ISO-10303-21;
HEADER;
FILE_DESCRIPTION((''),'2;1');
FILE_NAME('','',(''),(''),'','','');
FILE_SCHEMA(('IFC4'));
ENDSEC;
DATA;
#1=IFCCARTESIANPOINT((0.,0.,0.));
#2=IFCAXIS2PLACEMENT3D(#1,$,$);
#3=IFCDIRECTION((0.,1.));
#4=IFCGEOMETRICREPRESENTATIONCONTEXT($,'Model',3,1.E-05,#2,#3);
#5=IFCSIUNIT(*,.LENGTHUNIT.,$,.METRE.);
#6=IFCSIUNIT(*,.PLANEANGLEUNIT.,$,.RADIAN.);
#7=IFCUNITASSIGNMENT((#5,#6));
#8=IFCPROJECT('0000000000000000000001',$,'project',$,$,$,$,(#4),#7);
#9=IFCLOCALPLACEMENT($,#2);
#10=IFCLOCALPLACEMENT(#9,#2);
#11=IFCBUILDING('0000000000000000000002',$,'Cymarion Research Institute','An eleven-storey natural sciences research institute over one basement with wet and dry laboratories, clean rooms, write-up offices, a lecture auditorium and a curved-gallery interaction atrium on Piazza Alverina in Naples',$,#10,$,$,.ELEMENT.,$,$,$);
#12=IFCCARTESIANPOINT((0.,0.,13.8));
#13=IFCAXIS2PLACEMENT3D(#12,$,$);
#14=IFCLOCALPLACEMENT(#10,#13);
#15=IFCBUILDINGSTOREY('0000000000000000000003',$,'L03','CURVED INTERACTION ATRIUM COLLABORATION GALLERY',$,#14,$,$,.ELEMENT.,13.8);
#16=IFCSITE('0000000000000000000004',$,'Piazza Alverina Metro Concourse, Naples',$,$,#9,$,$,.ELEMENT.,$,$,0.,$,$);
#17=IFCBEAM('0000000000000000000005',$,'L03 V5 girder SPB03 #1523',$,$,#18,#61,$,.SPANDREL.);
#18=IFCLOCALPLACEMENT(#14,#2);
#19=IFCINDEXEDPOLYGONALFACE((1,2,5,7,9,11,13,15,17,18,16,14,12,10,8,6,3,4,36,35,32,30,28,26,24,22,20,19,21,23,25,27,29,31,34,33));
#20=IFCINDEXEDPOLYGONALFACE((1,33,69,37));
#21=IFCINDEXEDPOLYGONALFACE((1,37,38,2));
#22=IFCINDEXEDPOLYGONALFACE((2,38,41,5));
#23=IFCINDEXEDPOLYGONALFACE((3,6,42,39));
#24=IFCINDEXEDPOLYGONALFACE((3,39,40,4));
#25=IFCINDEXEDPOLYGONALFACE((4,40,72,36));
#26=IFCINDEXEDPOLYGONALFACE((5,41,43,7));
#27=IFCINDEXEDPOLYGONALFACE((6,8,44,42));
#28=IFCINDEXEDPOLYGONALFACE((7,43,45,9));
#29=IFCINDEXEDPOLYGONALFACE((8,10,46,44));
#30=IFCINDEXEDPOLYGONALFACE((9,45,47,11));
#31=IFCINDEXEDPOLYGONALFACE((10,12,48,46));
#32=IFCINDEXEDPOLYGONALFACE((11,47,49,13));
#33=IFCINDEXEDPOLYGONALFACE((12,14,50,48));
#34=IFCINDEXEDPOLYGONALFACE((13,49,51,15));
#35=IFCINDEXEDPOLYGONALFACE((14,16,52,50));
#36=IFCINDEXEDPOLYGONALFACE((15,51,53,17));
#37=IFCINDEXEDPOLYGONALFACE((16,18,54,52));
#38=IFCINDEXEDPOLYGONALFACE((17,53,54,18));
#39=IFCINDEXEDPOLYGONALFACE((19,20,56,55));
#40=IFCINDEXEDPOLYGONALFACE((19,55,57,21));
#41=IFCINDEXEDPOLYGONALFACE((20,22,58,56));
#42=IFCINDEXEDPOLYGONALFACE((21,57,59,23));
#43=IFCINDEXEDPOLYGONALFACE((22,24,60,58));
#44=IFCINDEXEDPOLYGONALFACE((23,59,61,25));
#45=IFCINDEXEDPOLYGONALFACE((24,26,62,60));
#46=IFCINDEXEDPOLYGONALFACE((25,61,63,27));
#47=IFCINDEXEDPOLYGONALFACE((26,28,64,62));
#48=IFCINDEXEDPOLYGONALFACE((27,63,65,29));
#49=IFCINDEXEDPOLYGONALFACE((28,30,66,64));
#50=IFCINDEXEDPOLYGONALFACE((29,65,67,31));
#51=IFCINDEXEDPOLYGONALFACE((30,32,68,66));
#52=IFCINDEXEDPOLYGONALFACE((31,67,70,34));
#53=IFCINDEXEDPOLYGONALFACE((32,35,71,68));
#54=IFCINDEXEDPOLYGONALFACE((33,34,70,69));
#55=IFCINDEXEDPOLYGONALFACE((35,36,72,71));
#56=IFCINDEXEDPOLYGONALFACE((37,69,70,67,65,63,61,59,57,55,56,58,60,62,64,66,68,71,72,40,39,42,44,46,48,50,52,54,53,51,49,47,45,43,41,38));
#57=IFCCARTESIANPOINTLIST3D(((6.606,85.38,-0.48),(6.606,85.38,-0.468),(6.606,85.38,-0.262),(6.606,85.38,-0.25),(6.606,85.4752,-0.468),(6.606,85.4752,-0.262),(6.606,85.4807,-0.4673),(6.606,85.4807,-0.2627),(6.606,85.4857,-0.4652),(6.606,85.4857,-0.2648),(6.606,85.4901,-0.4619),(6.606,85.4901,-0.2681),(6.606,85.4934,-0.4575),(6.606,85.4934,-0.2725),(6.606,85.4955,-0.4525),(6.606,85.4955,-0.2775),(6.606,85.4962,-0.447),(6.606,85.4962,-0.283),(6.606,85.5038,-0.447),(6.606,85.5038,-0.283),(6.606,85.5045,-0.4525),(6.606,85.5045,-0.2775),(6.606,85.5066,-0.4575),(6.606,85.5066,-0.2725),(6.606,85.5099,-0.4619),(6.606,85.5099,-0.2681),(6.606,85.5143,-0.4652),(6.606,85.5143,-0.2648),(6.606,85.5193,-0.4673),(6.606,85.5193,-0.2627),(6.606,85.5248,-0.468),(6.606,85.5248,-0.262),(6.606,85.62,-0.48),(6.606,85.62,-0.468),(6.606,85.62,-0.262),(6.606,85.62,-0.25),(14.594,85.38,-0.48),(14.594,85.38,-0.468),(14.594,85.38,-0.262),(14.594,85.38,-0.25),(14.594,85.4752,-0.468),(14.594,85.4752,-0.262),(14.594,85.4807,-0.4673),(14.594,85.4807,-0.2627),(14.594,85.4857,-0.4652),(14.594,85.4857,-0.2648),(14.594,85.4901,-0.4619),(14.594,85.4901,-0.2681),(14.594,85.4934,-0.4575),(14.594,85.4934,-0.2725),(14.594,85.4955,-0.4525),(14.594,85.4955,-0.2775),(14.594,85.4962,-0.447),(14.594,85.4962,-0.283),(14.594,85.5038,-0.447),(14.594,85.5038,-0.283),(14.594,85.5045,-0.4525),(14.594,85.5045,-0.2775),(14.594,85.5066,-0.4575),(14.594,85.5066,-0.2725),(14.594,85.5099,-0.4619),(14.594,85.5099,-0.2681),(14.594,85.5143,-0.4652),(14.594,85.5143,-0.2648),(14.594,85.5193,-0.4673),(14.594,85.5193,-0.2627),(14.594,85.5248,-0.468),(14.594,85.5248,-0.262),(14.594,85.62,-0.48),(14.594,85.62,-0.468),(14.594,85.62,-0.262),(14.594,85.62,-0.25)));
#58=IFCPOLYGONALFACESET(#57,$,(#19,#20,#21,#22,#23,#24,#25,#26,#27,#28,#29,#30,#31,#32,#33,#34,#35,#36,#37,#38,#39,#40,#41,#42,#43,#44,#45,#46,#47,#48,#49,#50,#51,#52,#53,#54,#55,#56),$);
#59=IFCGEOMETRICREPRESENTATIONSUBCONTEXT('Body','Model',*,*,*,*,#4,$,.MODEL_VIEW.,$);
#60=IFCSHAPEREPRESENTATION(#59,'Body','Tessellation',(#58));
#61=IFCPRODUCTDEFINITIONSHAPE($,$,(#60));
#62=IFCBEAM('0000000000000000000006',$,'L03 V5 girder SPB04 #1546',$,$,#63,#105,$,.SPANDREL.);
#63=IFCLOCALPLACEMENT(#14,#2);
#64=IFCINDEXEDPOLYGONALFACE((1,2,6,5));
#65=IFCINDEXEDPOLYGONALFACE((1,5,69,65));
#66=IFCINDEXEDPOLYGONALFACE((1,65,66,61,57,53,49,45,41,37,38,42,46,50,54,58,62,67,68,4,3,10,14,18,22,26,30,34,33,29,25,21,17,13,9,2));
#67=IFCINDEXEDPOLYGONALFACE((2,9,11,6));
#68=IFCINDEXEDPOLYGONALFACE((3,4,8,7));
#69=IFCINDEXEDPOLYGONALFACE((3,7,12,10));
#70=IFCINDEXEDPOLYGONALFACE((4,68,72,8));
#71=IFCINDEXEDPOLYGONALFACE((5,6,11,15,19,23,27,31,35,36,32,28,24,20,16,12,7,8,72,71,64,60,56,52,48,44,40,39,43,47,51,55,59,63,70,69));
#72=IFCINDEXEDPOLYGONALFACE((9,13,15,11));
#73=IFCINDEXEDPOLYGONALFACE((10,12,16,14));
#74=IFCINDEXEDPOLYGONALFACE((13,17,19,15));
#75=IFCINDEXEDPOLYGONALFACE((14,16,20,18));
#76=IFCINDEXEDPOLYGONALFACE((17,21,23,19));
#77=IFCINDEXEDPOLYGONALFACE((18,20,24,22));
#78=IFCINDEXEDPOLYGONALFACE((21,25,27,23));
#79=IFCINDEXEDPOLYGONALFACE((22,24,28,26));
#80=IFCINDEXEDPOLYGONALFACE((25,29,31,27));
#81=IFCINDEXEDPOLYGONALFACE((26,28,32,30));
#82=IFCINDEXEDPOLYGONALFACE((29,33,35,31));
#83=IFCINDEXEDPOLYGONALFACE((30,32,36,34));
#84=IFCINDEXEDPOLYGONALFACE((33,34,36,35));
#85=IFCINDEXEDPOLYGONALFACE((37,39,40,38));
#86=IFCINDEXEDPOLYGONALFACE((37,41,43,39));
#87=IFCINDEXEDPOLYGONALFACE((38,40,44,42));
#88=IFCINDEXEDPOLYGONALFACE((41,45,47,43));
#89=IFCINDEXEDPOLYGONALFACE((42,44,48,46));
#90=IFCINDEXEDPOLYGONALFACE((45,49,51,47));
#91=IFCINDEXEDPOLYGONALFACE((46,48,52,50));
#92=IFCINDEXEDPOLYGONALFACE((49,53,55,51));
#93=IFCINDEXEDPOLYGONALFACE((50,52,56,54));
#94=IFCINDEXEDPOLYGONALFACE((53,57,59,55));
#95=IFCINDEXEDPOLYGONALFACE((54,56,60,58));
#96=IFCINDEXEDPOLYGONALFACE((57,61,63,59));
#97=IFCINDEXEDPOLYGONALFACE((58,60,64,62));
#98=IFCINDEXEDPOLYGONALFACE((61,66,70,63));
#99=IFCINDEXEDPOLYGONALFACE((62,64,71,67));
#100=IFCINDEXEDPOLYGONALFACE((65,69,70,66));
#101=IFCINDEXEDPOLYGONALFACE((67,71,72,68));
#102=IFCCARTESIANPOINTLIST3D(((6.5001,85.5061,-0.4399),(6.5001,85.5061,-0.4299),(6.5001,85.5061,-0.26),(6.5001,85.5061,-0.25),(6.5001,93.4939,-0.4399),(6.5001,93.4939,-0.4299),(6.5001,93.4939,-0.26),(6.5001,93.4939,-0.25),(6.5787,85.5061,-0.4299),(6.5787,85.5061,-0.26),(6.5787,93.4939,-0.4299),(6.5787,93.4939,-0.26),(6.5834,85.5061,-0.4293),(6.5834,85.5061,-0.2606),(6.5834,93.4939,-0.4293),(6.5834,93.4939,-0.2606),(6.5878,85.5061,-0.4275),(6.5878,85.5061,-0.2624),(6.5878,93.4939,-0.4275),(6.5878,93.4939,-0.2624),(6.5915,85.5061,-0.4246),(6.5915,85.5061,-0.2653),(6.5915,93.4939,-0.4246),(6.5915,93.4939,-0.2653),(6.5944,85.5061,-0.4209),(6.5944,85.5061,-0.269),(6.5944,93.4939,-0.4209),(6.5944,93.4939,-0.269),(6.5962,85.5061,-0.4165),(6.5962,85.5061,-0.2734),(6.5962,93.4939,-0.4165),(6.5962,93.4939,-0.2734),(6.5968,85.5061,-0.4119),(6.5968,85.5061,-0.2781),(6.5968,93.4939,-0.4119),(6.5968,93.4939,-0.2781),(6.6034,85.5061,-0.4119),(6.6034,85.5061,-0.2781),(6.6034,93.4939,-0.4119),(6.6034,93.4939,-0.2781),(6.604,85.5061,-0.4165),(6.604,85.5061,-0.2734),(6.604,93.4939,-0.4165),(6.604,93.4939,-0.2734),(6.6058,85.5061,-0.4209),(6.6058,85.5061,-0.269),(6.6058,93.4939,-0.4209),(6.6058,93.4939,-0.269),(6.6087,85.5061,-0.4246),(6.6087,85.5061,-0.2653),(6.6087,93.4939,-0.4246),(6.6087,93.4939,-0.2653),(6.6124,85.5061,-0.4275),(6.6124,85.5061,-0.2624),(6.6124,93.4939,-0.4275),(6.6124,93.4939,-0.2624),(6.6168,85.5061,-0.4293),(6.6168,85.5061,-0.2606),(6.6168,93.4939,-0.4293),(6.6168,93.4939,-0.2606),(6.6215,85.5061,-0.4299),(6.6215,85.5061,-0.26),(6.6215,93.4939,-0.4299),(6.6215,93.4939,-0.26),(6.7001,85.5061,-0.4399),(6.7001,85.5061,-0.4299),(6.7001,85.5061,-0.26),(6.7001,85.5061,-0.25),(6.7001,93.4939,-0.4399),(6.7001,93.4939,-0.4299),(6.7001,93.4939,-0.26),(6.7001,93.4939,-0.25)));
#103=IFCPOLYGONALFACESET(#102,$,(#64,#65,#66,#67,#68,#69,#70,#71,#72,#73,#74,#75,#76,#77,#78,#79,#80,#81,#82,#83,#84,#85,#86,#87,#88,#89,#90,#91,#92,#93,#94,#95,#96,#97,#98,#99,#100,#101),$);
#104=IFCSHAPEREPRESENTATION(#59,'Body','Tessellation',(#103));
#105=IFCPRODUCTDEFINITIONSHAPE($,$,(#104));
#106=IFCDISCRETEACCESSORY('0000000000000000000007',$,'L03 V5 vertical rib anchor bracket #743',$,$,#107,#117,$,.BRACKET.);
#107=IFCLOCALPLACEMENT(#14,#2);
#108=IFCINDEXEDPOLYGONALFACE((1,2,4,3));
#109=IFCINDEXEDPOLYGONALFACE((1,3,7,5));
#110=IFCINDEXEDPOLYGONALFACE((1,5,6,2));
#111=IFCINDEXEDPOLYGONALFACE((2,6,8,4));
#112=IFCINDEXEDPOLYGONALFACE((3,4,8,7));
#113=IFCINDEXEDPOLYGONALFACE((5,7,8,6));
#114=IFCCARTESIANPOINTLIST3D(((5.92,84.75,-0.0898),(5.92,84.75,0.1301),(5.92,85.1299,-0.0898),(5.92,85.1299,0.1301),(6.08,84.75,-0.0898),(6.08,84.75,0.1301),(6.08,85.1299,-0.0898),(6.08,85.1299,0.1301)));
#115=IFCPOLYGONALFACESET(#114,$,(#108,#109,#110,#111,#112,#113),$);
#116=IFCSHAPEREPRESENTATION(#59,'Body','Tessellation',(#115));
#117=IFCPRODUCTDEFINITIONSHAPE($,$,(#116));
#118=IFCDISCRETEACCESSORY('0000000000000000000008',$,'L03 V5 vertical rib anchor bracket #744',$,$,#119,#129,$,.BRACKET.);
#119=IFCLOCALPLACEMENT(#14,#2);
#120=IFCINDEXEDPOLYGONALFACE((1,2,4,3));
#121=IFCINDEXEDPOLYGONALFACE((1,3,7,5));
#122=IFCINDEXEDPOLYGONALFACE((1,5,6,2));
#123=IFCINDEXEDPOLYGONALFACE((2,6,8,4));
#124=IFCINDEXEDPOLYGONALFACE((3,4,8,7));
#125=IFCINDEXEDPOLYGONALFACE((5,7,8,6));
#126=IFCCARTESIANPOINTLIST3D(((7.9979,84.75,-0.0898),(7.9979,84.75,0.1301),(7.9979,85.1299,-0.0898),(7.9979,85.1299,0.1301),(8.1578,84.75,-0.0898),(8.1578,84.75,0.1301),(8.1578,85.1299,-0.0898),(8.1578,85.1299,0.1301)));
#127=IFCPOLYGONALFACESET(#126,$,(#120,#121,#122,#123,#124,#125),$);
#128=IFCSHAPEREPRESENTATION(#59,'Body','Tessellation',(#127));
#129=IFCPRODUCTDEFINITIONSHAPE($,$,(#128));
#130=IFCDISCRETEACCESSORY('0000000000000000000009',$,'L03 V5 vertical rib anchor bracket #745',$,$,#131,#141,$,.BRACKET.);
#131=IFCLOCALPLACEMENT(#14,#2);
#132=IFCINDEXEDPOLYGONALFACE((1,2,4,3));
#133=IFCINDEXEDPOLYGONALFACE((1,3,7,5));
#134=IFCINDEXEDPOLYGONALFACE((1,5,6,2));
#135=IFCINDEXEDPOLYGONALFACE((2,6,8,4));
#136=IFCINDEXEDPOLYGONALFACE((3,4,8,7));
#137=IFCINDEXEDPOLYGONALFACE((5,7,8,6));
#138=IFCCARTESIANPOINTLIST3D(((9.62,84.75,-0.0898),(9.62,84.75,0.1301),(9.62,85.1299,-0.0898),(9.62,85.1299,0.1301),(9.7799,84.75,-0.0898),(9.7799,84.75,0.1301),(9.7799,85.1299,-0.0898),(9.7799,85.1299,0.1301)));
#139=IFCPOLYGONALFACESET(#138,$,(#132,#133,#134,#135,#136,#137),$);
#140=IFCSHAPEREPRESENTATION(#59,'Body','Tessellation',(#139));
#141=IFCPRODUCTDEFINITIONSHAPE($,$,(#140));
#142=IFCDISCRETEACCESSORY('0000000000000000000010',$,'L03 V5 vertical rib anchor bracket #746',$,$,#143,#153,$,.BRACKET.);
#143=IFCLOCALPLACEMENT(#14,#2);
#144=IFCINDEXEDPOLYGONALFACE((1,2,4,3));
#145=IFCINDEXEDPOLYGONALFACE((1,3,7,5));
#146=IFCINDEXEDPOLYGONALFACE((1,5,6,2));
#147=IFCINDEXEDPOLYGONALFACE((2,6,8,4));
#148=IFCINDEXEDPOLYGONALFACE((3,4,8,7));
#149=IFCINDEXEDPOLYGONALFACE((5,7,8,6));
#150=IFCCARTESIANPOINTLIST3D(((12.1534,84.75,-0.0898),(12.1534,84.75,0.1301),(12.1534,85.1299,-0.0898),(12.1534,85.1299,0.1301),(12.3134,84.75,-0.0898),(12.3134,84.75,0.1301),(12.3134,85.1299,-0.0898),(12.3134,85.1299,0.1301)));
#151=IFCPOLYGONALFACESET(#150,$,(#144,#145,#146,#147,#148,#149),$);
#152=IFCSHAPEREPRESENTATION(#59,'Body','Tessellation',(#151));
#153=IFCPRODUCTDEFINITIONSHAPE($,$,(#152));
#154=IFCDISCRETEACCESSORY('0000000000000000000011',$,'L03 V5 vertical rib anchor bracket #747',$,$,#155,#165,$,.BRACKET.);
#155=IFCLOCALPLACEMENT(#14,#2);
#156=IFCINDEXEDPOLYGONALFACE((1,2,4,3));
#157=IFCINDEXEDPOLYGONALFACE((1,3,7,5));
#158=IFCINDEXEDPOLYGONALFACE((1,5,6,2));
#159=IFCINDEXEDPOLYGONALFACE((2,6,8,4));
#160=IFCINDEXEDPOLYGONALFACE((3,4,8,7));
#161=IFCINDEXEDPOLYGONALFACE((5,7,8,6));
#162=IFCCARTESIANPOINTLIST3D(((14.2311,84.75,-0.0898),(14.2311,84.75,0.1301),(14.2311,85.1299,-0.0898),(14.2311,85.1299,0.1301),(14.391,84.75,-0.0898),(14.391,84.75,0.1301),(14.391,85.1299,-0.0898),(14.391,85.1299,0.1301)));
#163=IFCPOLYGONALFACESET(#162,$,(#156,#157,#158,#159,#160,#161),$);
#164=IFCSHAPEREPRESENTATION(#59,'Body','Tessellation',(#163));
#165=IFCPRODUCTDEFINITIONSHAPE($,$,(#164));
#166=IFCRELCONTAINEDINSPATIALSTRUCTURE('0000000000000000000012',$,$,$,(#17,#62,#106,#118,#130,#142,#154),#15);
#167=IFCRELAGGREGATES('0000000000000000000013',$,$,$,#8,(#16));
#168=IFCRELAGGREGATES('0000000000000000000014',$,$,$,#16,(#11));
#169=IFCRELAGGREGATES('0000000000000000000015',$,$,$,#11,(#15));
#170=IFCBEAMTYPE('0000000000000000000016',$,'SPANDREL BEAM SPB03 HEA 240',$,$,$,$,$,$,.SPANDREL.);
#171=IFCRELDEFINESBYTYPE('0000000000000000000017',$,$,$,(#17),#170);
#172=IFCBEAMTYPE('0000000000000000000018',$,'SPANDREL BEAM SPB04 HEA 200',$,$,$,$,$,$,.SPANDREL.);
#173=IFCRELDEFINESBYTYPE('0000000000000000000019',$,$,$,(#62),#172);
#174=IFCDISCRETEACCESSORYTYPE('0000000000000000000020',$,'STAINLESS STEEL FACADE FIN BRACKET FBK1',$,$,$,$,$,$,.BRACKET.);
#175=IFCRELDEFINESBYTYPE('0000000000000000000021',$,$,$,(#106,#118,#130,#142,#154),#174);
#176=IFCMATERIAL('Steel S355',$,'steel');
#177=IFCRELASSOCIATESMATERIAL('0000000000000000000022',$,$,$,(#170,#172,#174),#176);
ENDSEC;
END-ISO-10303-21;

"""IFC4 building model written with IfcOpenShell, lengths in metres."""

from ifc_helpers import new_model, si_unit, direction, frame, origin, origin_2d, place, context, subcontext, project, spatial, rectangle, i_section, extrude, material, material_profile, profile_set, type_object, element, save


model = new_model("IFC4")

# Units and contexts
model_context = context("Model", 3, precision=1e-05, world=origin(), true_north=direction((0.0, 1.0)))
body_context = subcontext(model_context, "Body", "Model", "MODEL_VIEW")
ifc_project = project(units=[si_unit("LENGTHUNIT", "METRE"), si_unit("PLANEANGLEUNIT", "RADIAN")], contexts=[model_context])

# Site, building, storey
site_placement = place(None, origin())
site = spatial("IfcSite", under=ifc_project, at=site_placement, Name="Piazza Alverina Metro Concourse, Naples", CompositionType="ELEMENT", RefElevation=0.0)
building_placement = place(site_placement, origin())
building = spatial("IfcBuilding", under=site, at=building_placement, Name="Cymarion Research Institute", Description="An eleven-storey natural sciences research institute over one basement with wet and dry laboratories, clean rooms, write-up offices, a lecture auditorium and a curved-gallery interaction atrium on Piazza Alverina in Naples", CompositionType="ELEMENT")
storey_placement = place(building_placement, frame((0.0, 0.0, 13.8)))
storey = spatial("IfcBuildingStorey", under=building, at=storey_placement, Name="L03", Description="CURVED INTERACTION ATRIUM COLLABORATION GALLERY", CompositionType="ELEMENT", Elevation=13.8)

# Shared definitions
ifc_material_1 = material(Name="Steel S355", Category="steel")

# Beams
ifc_material_profile_1 = material_profile(ifc_material_1, i_section(OverallWidth=0.24, OverallDepth=0.23, WebThickness=0.0076, FlangeThickness=0.012, FilletRadius=0.021, at=origin_2d()), Name="HEA 240")
ifc_profile_set_1 = profile_set([ifc_material_profile_1], Name="Steel S355")
beam_type_1 = type_object("IfcBeamType", Name="SPANDREL BEAM SPB03 HEA 240", PredefinedType="SPANDREL", material=ifc_profile_set_1)
beam_1_placement = place(storey_placement, frame((6.606, 85.5, -0.365), z_axis=(1.0, 0.0, 0.0), x_axis=(0.0, 1.0, 0.0)))
element("IfcBeam", 1, at=beam_1_placement, inside=storey, type_object=beam_type_1, Name="L03 V5 girder SPB03 #1523", PredefinedType="SPANDREL", context=body_context, shape_type="SweptSolid", body=[
    extrude(i_section(OverallWidth=0.24, OverallDepth=0.23, WebThickness=0.0076, FlangeThickness=0.012, FilletRadius=0.021, at=origin_2d()), origin(), (0.0, 0.0, 1.0), 7.988),
])
ifc_material_profile_2 = material_profile(ifc_material_1, i_section(OverallWidth=0.2, OverallDepth=0.1899, WebThickness=0.0066, FlangeThickness=0.01, FilletRadius=0.0181, at=origin_2d()), Name="HEA 200")
ifc_profile_set_2 = profile_set([ifc_material_profile_2], Name="Steel S355")
beam_type_2 = type_object("IfcBeamType", Name="SPANDREL BEAM SPB04 HEA 200", PredefinedType="SPANDREL", material=ifc_profile_set_2)
beam_2_placement = place(storey_placement, frame((6.6001, 85.5061, -0.345), z_axis=(0.0, 1.0, 0.0), x_axis=(-1.0, 0.0, 0.0)))
element("IfcBeam", 2, at=beam_2_placement, inside=storey, type_object=beam_type_2, Name="L03 V5 girder SPB04 #1546", PredefinedType="SPANDREL", context=body_context, shape_type="SweptSolid", body=[
    extrude(i_section(OverallWidth=0.2, OverallDepth=0.1899, WebThickness=0.0066, FlangeThickness=0.01, FilletRadius=0.0181, at=origin_2d()), origin(), (0.0, 0.0, 1.0), 7.9878),
])

# Discrete accessories
discrete_accessory_type = type_object("IfcDiscreteAccessoryType", Name="STAINLESS STEEL FACADE FIN BRACKET FBK1", PredefinedType="BRACKET", material=ifc_material_1)
for number, where, z_axis, x_axis, name in (
    (3, (6.0, 84.9399, -0.0898), (0.0, 0.0, 1.0), (0.0, -1.0, 0.0), "L03 V5 vertical rib anchor bracket #743"),
    (4, (8.0779, 84.9399, -0.0898), (0.0, 0.0, 1.0), (0.0, -1.0, 0.0), "L03 V5 vertical rib anchor bracket #744"),
    (5, (9.7, 84.9399, -0.0898), (0.0, 0.0, 1.0), (0.0, -1.0, 0.0), "L03 V5 vertical rib anchor bracket #745"),
    (6, (12.2334, 84.9399, -0.0898), (0.0, 0.0, 1.0), (0.0, -1.0, 0.0), "L03 V5 vertical rib anchor bracket #746"),
    (7, (14.311, 84.9399, -0.0898), (0.0, 0.0, 1.0), (0.0, -1.0, 0.0), "L03 V5 vertical rib anchor bracket #747"),
):
    element("IfcDiscreteAccessory", number, at=place(storey_placement, frame(where, z_axis=z_axis, x_axis=x_axis)), inside=storey, type_object=discrete_accessory_type, Name=name, PredefinedType="BRACKET", context=body_context, shape_type="SweptSolid", body=[
        extrude(rectangle(XDim=0.3799, YDim=0.1599, at=origin_2d()), origin(), (0.0, 0.0, 1.0), 0.22),
    ])

save(model, "model.ifc")
